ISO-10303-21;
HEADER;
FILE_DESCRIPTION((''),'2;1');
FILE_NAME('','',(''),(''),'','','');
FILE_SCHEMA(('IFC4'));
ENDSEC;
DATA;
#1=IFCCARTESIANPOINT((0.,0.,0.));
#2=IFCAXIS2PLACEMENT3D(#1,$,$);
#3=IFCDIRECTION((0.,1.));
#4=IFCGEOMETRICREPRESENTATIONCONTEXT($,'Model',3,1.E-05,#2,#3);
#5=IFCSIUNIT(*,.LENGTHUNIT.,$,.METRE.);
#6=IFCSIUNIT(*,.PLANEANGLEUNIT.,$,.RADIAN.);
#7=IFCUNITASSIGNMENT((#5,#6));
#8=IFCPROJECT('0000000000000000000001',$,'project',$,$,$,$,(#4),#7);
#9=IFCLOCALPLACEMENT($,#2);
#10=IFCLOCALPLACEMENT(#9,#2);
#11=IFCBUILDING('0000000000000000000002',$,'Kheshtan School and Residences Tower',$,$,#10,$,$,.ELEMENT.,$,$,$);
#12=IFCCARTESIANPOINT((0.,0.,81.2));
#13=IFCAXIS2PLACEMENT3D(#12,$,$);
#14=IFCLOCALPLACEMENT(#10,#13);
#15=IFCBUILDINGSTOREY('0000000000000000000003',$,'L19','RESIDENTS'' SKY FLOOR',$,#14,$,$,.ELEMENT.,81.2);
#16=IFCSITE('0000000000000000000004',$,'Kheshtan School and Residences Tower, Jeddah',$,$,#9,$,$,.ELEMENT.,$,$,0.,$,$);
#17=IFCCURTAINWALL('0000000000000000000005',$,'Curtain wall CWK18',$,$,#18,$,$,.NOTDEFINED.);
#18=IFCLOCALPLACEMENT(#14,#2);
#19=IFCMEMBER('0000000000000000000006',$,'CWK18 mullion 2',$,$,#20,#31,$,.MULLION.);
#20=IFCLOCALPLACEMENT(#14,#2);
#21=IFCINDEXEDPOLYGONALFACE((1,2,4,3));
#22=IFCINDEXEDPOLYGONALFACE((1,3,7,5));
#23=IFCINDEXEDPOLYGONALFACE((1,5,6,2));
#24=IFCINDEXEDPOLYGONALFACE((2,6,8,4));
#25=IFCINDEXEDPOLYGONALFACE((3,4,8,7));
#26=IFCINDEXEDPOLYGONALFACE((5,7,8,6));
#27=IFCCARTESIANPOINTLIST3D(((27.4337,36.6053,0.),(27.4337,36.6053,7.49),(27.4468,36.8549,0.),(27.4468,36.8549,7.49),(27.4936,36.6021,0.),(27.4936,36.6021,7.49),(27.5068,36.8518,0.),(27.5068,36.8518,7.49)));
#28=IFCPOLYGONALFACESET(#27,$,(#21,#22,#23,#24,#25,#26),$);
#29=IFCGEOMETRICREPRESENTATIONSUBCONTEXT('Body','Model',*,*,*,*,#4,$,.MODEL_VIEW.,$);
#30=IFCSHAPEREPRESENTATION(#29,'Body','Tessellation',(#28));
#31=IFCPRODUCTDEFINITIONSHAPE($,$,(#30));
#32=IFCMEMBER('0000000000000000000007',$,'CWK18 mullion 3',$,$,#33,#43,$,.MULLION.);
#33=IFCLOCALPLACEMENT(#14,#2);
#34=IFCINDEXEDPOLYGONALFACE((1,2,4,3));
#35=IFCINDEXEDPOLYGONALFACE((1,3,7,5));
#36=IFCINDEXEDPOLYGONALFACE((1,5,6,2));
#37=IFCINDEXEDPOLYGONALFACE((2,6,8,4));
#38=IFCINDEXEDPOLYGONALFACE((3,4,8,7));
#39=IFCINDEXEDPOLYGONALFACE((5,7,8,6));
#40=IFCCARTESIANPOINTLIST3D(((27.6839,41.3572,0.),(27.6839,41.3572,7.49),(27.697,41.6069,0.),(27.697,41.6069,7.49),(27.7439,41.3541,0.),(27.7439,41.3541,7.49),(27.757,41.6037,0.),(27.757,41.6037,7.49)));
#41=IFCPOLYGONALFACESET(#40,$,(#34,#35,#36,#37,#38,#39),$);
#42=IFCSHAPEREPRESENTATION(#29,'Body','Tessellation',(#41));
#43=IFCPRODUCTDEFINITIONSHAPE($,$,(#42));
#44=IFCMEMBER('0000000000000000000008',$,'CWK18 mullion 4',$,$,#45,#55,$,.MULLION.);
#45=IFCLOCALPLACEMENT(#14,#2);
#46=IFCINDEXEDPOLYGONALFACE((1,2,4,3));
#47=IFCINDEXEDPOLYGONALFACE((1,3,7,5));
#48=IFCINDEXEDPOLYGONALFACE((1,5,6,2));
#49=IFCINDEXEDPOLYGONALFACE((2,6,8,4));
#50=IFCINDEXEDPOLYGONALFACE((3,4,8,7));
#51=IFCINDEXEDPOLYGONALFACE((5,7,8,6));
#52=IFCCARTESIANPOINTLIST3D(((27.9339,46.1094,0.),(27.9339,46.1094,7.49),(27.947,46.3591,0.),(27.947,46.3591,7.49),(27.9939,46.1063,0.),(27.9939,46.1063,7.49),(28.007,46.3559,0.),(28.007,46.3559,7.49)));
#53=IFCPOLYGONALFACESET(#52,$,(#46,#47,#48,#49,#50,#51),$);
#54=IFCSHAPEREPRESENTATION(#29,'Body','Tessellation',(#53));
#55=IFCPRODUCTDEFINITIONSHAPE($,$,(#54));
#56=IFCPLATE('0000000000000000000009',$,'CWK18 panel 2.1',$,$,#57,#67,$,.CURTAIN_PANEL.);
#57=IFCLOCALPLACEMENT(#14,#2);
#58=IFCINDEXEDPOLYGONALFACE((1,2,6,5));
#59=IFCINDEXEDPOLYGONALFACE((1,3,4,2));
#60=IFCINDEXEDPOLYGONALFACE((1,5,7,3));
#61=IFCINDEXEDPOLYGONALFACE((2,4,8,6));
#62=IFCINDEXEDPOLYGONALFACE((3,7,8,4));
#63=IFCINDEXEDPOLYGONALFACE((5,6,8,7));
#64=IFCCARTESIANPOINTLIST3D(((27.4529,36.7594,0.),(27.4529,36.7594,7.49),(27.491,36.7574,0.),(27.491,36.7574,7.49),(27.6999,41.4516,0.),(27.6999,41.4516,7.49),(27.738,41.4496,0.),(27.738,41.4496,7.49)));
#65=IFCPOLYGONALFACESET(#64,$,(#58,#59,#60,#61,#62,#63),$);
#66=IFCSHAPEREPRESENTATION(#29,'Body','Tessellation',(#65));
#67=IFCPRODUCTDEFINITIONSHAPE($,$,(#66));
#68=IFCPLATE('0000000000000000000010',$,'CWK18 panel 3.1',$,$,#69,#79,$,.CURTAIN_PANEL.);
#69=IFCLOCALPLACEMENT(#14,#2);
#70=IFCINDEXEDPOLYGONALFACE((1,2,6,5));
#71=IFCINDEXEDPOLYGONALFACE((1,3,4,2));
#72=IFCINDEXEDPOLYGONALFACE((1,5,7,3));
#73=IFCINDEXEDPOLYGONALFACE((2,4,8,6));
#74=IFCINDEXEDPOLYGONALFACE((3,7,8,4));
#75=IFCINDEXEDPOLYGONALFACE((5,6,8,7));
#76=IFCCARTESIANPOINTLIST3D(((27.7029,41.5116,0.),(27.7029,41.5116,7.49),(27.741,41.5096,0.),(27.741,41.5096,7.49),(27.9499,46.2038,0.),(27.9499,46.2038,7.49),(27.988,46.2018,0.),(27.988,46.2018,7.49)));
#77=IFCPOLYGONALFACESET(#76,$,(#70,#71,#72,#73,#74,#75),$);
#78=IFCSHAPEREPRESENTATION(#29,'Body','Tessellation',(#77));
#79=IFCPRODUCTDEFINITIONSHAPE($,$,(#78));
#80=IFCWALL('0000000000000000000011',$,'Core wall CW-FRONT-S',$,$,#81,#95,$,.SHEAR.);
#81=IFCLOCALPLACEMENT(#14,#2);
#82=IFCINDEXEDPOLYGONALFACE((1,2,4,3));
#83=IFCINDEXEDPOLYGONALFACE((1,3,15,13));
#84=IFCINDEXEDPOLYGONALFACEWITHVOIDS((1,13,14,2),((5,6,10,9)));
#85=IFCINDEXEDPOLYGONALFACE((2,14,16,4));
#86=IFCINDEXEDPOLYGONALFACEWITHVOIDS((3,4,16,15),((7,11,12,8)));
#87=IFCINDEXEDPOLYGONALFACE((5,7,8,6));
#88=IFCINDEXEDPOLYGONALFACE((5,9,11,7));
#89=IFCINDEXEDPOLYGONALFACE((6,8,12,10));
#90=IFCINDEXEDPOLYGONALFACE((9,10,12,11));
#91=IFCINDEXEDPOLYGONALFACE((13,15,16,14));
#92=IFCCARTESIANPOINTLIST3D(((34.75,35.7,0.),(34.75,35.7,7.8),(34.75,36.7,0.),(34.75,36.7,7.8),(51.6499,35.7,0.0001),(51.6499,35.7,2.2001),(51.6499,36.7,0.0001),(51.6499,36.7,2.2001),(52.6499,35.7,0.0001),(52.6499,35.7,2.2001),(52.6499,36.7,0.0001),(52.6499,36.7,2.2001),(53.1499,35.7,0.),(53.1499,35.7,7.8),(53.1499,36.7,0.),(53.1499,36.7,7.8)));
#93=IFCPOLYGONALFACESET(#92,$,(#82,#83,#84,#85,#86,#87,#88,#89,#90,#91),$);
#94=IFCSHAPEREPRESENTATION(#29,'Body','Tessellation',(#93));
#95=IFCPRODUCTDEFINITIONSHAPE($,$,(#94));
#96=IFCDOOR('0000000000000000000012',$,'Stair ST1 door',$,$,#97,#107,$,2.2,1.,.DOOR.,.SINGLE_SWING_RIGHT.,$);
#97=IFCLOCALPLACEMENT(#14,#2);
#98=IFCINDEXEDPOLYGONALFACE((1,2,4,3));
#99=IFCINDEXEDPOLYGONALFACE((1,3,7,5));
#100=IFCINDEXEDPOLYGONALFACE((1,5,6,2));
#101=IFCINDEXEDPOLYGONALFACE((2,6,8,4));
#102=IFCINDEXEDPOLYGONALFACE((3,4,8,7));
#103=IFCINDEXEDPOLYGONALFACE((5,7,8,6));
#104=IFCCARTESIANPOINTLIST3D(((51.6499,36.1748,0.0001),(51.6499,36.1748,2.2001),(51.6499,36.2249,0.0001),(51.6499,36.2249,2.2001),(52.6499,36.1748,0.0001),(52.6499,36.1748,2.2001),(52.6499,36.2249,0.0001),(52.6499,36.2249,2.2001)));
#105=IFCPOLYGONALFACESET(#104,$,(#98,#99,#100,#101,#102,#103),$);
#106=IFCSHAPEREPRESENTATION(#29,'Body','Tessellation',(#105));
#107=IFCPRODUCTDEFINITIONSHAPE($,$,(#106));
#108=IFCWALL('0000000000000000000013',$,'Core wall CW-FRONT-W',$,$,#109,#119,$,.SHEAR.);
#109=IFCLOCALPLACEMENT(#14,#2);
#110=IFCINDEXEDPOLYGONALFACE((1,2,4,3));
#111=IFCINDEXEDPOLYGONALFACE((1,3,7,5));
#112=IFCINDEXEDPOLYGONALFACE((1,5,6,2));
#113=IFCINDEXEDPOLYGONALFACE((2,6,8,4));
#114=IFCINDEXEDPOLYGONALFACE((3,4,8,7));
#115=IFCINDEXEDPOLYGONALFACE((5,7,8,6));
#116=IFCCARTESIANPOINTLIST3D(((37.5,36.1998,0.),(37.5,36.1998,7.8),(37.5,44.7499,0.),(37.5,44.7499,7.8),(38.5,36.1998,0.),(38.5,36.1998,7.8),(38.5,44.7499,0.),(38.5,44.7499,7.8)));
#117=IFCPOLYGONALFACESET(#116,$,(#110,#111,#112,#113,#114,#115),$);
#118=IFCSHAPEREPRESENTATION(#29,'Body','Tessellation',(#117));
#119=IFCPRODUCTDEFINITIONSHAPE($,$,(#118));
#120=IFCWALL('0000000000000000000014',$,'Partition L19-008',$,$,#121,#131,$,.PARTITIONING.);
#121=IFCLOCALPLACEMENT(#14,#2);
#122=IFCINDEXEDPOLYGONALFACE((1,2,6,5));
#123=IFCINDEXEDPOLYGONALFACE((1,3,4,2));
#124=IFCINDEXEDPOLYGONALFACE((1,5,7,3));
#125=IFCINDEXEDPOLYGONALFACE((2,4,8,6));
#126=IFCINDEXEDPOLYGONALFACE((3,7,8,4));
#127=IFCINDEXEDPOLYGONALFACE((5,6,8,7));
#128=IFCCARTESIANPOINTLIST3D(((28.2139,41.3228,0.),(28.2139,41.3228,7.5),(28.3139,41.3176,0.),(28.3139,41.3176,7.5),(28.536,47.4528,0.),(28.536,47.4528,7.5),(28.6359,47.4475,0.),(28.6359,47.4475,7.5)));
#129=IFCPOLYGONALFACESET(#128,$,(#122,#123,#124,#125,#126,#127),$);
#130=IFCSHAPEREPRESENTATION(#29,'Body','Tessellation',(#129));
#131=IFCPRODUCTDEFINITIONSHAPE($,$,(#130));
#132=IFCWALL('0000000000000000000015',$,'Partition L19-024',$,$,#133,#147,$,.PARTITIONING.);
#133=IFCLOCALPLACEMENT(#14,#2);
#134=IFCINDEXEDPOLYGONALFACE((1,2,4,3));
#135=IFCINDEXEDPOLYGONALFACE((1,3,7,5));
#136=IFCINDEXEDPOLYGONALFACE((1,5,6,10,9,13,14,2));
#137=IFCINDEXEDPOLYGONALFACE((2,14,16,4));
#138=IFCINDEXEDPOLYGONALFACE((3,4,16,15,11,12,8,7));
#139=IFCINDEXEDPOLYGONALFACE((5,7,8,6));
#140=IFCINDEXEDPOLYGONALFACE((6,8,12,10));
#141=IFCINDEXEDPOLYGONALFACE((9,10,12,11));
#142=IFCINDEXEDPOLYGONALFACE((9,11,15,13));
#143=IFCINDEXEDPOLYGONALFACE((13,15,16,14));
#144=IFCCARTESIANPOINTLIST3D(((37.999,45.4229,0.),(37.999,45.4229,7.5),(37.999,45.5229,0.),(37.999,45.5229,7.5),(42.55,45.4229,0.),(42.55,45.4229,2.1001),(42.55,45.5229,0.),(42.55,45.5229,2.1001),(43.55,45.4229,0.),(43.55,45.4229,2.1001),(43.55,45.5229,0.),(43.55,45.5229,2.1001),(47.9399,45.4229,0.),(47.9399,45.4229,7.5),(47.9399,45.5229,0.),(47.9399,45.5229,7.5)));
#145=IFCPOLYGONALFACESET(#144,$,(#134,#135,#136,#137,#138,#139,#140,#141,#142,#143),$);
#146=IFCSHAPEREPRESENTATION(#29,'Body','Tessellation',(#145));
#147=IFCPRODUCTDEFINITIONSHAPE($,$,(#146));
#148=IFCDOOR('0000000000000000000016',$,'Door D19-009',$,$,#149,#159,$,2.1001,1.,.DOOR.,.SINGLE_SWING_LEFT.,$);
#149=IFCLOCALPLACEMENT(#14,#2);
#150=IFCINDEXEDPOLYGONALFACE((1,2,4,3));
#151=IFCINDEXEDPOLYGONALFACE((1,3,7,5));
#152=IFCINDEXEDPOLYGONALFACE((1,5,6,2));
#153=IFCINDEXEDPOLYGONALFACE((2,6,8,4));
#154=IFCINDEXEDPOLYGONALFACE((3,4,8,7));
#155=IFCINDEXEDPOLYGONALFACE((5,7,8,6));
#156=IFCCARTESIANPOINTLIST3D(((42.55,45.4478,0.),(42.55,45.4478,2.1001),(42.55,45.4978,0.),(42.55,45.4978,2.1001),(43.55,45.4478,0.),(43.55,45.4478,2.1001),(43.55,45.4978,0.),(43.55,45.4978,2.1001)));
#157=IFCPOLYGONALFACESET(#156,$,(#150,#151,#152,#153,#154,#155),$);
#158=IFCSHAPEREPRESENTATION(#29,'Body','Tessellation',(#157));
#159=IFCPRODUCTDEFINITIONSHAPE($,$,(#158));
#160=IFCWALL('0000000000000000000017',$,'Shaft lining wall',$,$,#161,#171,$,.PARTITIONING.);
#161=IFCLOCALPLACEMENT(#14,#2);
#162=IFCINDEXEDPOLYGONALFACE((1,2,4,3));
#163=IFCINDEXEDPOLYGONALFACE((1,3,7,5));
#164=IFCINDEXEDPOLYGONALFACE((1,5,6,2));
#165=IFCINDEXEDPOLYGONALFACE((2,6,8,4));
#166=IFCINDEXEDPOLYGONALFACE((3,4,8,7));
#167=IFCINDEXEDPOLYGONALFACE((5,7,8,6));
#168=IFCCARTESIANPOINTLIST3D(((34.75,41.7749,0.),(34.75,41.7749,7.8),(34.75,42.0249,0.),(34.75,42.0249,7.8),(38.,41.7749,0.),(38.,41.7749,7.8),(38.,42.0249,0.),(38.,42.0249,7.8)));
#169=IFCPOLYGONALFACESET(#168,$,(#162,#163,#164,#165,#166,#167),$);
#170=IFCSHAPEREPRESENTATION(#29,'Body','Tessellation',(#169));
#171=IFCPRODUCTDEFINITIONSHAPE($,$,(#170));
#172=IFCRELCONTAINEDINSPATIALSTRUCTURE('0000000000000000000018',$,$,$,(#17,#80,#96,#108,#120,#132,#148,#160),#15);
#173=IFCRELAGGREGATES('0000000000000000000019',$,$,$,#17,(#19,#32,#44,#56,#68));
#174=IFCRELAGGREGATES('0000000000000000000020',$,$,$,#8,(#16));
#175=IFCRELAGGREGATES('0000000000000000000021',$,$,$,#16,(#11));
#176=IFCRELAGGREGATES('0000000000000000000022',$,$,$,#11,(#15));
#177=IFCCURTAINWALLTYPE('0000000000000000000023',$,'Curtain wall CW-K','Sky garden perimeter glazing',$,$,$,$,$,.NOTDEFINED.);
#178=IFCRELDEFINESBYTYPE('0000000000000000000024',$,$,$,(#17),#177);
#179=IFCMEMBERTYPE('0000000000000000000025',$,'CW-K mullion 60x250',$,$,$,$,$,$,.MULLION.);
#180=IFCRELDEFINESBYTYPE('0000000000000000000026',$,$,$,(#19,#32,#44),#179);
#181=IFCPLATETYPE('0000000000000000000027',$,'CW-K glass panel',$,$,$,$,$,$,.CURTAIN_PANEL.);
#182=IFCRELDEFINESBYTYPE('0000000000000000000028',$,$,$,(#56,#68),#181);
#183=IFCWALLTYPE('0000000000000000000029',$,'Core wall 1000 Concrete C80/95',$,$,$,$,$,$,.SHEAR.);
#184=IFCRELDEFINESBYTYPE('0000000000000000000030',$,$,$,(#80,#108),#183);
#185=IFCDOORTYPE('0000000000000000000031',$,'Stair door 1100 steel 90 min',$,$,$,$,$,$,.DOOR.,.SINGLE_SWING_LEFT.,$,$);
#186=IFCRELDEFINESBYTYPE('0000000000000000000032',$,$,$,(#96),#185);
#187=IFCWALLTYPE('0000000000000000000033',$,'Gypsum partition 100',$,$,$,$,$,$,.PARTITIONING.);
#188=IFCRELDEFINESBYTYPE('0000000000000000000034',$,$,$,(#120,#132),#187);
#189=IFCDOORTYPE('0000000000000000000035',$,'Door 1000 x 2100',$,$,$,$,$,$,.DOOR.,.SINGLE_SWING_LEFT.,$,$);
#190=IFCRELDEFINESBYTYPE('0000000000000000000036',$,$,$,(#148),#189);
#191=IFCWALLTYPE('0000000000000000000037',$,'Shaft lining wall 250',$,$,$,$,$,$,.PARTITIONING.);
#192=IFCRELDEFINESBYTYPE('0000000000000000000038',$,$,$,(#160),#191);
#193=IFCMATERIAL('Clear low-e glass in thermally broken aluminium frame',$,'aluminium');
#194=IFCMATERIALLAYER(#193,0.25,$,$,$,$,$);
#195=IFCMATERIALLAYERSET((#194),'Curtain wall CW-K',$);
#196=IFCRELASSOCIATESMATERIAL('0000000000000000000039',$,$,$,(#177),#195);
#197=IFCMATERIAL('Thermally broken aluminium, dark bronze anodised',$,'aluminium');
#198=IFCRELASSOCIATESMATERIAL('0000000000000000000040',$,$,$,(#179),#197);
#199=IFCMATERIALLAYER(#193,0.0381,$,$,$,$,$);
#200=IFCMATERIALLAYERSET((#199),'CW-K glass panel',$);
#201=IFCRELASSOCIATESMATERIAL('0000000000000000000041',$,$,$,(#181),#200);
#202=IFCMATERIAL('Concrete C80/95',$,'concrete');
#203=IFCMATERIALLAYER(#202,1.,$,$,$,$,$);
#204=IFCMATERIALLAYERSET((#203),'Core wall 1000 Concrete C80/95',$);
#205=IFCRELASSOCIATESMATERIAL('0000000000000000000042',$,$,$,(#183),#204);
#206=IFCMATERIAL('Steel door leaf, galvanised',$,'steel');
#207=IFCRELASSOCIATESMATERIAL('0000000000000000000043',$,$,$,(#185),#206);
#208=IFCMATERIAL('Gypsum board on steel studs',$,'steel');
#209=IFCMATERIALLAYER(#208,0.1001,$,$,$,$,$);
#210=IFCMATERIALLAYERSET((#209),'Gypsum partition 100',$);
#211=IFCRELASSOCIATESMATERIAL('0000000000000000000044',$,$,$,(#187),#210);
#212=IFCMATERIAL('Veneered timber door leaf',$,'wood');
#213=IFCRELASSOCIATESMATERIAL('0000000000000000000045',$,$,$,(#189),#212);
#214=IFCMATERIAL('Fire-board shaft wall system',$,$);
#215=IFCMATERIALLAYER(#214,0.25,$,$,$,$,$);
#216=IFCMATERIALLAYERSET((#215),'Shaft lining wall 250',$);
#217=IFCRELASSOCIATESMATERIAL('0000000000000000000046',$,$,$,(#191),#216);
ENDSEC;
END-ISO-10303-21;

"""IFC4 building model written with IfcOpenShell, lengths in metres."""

from ifc_helpers import new_model, si_unit, direction, frame, frame_2d, origin, origin_2d, place, context, subcontext, project, spatial, rectangle, extrude, source, transform, mapped, material, layer, layer_set, material_profile, profile_set, type_object, element, fill, aggregate, save


model = new_model("IFC4")

# Units and contexts
model_context = context("Model", 3, precision=1e-05, world=origin(), true_north=direction((0.0, 1.0)))
body_context = subcontext(model_context, "Body", "Model", "MODEL_VIEW")
ifc_project = project(units=[si_unit("LENGTHUNIT", "METRE"), si_unit("PLANEANGLEUNIT", "RADIAN")], contexts=[model_context])

# Site, building, storey
site_placement = place(None, origin())
site = spatial("IfcSite", under=ifc_project, at=site_placement, Name="Kheshtan School and Residences Tower, Jeddah", CompositionType="ELEMENT", RefElevation=0.0)
building_placement = place(site_placement, origin())
building = spatial("IfcBuilding", under=site, at=building_placement, Name="Kheshtan School and Residences Tower", CompositionType="ELEMENT")
storey_placement = place(building_placement, frame((0.0, 0.0, 81.2)))
storey = spatial("IfcBuildingStorey", under=building, at=storey_placement, Name="L19", Description="RESIDENTS' SKY FLOOR", CompositionType="ELEMENT", Elevation=81.2)

# Curtain wall, members, plates
ifc_material_1 = material(Name="Clear low-e glass in thermally broken aluminium frame", Category="aluminium")
ifc_layer_1 = layer(ifc_material_1, 0.25)
ifc_layer_set_1 = layer_set([ifc_layer_1], Name="Curtain wall CW-K")
curtain_wall_type = type_object("IfcCurtainWallType", Name="Curtain wall CW-K", Description="Sky garden perimeter glazing", PredefinedType="NOTDEFINED", material=ifc_layer_set_1)
curtain_wall_placement = place(storey_placement, origin())
curtain_wall = element("IfcCurtainWall", 1, at=curtain_wall_placement, inside=storey, type_object=curtain_wall_type, Name="Curtain wall CWK18", PredefinedType="NOTDEFINED")
ifc_material_2 = material(Name="Thermally broken aluminium, dark bronze anodised", Category="aluminium")
ifc_material_profile_1 = material_profile(ifc_material_2, rectangle(XDim=0.0601, YDim=0.25, at=origin_2d()), Name="CW-K mullion 60x250")
ifc_profile_set_1 = profile_set([ifc_material_profile_1], Name="Thermally broken aluminium, dark bronze anodised")
member_type = type_object("IfcMemberType", Name="CW-K mullion 60x250", PredefinedType="MULLION", material=ifc_profile_set_1)
member_1_placement = place(storey_placement, frame((27.4702, 36.7285, 0.0), z_axis=(0.0, 0.0, 1.0), x_axis=(-0.998617, 0.052565, 0.0)))
member_1 = element("IfcMember", 2, at=member_1_placement, type_object=member_type, Name="CWK18 mullion 2", PredefinedType="MULLION", context=body_context, shape_type="SweptSolid", body=[
    extrude(rectangle(XDim=0.0601, YDim=0.25, at=origin_2d()), origin(), (0.0, 0.0, 1.0), 7.49),
])
member_2_placement = place(storey_placement, frame((27.7205, 41.4805, 0.0), z_axis=(0.0, 0.0, 1.0), x_axis=(-0.998617, 0.052565, 0.0)))
member_2 = element("IfcMember", 3, at=member_2_placement, type_object=member_type, Name="CWK18 mullion 3", PredefinedType="MULLION", context=body_context, shape_type="SweptSolid", body=[
    extrude(rectangle(XDim=0.0601, YDim=0.25, at=origin_2d()), origin(), (0.0, 0.0, 1.0), 7.49),
])
member_3_placement = place(storey_placement, frame((27.9705, 46.2327, 0.0), z_axis=(0.0, 0.0, 1.0), x_axis=(-0.998617, 0.052565, 0.0)))
member_3 = element("IfcMember", 4, at=member_3_placement, type_object=member_type, Name="CWK18 mullion 4", PredefinedType="MULLION", context=body_context, shape_type="SweptSolid", body=[
    extrude(rectangle(XDim=0.0601, YDim=0.25, at=origin_2d()), origin(), (0.0, 0.0, 1.0), 7.49),
])
ifc_layer_2 = layer(ifc_material_1, 0.0381)
ifc_layer_set_2 = layer_set([ifc_layer_2], Name="CW-K glass panel")
plate_type = type_object("IfcPlateType", Name="CW-K glass panel", PredefinedType="CURTAIN_PANEL", material=ifc_layer_set_2)
plate_1_placement = place(storey_placement, frame((27.5955, 39.1045, 0.0), z_axis=(0.0, 0.0, 1.0), x_axis=(0.052565, 0.998617, 0.0)))
plate_1 = element("IfcPlate", 5, at=plate_1_placement, type_object=plate_type, Name="CWK18 panel 2.1", PredefinedType="CURTAIN_PANEL", context=body_context, shape_type="SweptSolid", body=[
    extrude(rectangle(XDim=4.6987, YDim=0.0381, at=origin_2d()), origin(), (0.0, 0.0, 1.0), 7.49),
])
plate_2_placement = place(storey_placement, frame((27.8455, 43.8567, 0.0), z_axis=(0.0, 0.0, 1.0), x_axis=(0.052565, 0.998617, 0.0)))
plate_2 = element("IfcPlate", 6, at=plate_2_placement, type_object=plate_type, Name="CWK18 panel 3.1", PredefinedType="CURTAIN_PANEL", context=body_context, shape_type="SweptSolid", body=[
    extrude(rectangle(XDim=4.6987, YDim=0.0381, at=origin_2d()), origin(), (0.0, 0.0, 1.0), 7.49),
])
aggregate(curtain_wall, [member_1, member_2, member_3, plate_1, plate_2])

# Wall, opening, door
ifc_material_3 = material(Name="Concrete C80/95", Category="concrete")
ifc_layer_3 = layer(ifc_material_3, 1.0)
ifc_layer_set_3 = layer_set([ifc_layer_3], Name="Core wall 1000 Concrete C80/95")
wall_type_1 = type_object("IfcWallType", Name="Core wall 1000 Concrete C80/95", PredefinedType="SHEAR", material=ifc_layer_set_3)
wall_1_placement = place(storey_placement, frame((34.75, 36.2, 0.0), z_axis=(0.0, 0.0, 1.0), x_axis=(1.0, 0.0, 0.0)))
wall_1 = element("IfcWall", 7, at=wall_1_placement, inside=storey, type_object=wall_type_1, Name="Core wall CW-FRONT-S", PredefinedType="SHEAR", context=body_context, shape_type="SweptSolid", body=[
    extrude(rectangle(XDim=18.3999, YDim=1.0, at=frame_2d((9.2, 0.0))), origin(), (0.0, 0.0, 1.0), 7.8),
])
opening_1_placement = place(wall_1_placement, frame((16.8999, 0.0, 0.0)))
opening_1 = element("IfcOpeningElement", 8, at=opening_1_placement, cuts=wall_1, PredefinedType="OPENING", context=body_context, shape_type="SweptSolid", body=[
    extrude(rectangle(XDim=1.0, YDim=2.2, at=frame_2d((0.5, 1.1001))), frame((0.0, 0.51, 0.0), z_axis=(0.0, -1.0, 0.0), x_axis=(1.0, 0.0, 0.0)), (0.0, 0.0, 1.0), 1.02),
])
ifc_material_4 = material(Name="Steel door leaf, galvanised", Category="steel")
door_type_1 = type_object("IfcDoorType", Name="Stair door 1100 steel 90 min", OperationType="SINGLE_SWING_LEFT", PredefinedType="DOOR", material=ifc_material_4)
shared_shape_1 = source(origin(), body_context, "Body", "SweptSolid", [
    extrude(rectangle(XDim=1.0, YDim=2.2, at=frame_2d((0.5, 1.1001))), frame((0.0, 0.0249, 0.0), z_axis=(0.0, -1.0, 0.0), x_axis=(1.0, 0.0, 0.0)), (0.0, 0.0, 1.0), 0.05),
])
door_1_placement = place(opening_1_placement, origin())
door_1 = element("IfcDoor", 9, at=door_1_placement, inside=storey, type_object=door_type_1, Name="Stair ST1 door", OperationType="SINGLE_SWING_RIGHT", OverallHeight=2.2, OverallWidth=1.0, PredefinedType="DOOR", context=body_context, shape_type="MappedRepresentation", body=[
    mapped(shared_shape_1, transform((0.0, 0.0, 0.0), x_axis=(1.0, 0.0, 0.0), y_axis=(0.0, 1.0, 0.0), z_axis=(0.0, 0.0, 1.0), scale=1.0)),
])
fill(opening_1, door_1)

# Walls
wall_2_placement = place(storey_placement, frame((38.0, 36.2, 0.0), z_axis=(0.0, 0.0, 1.0), x_axis=(0.0, 1.0, 0.0)))
element("IfcWall", 10, at=wall_2_placement, inside=storey, type_object=wall_type_1, Name="Core wall CW-FRONT-W", PredefinedType="SHEAR", context=body_context, shape_type="SweptSolid", body=[
    extrude(rectangle(XDim=8.55, YDim=1.0, at=frame_2d((4.2749, 0.0))), origin(), (0.0, 0.0, 1.0), 7.8),
])
ifc_material_5 = material(Name="Gypsum board on steel studs", Category="steel")
ifc_layer_4 = layer(ifc_material_5, 0.1001)
ifc_layer_set_4 = layer_set([ifc_layer_4], Name="Gypsum partition 100")
wall_type_2 = type_object("IfcWallType", Name="Gypsum partition 100", PredefinedType="PARTITIONING", material=ifc_layer_set_4)
wall_3_placement = place(storey_placement, frame((28.2639, 41.3201, 0.0), z_axis=(0.0, 0.0, 1.0), x_axis=(0.052461, 0.998623, 0.0)))
element("IfcWall", 11, at=wall_3_placement, inside=storey, type_object=wall_type_2, Name="Partition L19-008", PredefinedType="PARTITIONING", context=body_context, shape_type="SweptSolid", body=[
    extrude(rectangle(XDim=6.1384, YDim=0.1001, at=frame_2d((3.0693, 0.0))), origin(), (0.0, 0.0, 1.0), 7.5),
])

# Wall, opening, door
wall_4_placement = place(storey_placement, frame((37.999, 45.4729, 0.0), z_axis=(0.0, 0.0, 1.0), x_axis=(1.0, 0.0, 0.0)))
wall_4 = element("IfcWall", 12, at=wall_4_placement, inside=storey, type_object=wall_type_2, Name="Partition L19-024", PredefinedType="PARTITIONING", context=body_context, shape_type="SweptSolid", body=[
    extrude(rectangle(XDim=9.9409, YDim=0.1001, at=frame_2d((4.9705, 0.0))), origin(), (0.0, 0.0, 1.0), 7.5),
])
opening_2_placement = place(wall_4_placement, frame((4.551, 0.0, 0.0)))
opening_2 = element("IfcOpeningElement", 13, at=opening_2_placement, cuts=wall_4, PredefinedType="OPENING", context=body_context, shape_type="SweptSolid", body=[
    extrude(rectangle(XDim=1.0, YDim=2.1001, at=frame_2d((0.5, 1.05))), frame((0.0, 0.0601, 0.0), z_axis=(0.0, -1.0, 0.0), x_axis=(1.0, 0.0, 0.0)), (0.0, 0.0, 1.0), 0.1201),
])
ifc_material_6 = material(Name="Veneered timber door leaf", Category="wood")
door_type_2 = type_object("IfcDoorType", Name="Door 1000 x 2100", OperationType="SINGLE_SWING_LEFT", PredefinedType="DOOR", material=ifc_material_6)
shared_shape_2 = source(origin(), body_context, "Body", "SweptSolid", [
    extrude(rectangle(XDim=1.0, YDim=2.1001, at=frame_2d((0.5, 1.05))), frame((0.0, 0.0249, 0.0), z_axis=(0.0, -1.0, 0.0), x_axis=(1.0, 0.0, 0.0)), (0.0, 0.0, 1.0), 0.05),
])
door_2_placement = place(opening_2_placement, origin())
door_2 = element("IfcDoor", 14, at=door_2_placement, inside=storey, type_object=door_type_2, Name="Door D19-009", OperationType="SINGLE_SWING_LEFT", OverallHeight=2.1001, OverallWidth=1.0, PredefinedType="DOOR", context=body_context, shape_type="MappedRepresentation", body=[
    mapped(shared_shape_2, transform((0.0, 0.0, 0.0), x_axis=(1.0, 0.0, 0.0), y_axis=(0.0, 1.0, 0.0), z_axis=(0.0, 0.0, 1.0), scale=1.0)),
])
fill(opening_2, door_2)

# Wall
ifc_material_7 = material(Name="Fire-board shaft wall system")
ifc_layer_5 = layer(ifc_material_7, 0.25)
ifc_layer_set_5 = layer_set([ifc_layer_5], Name="Shaft lining wall 250")
wall_type_3 = type_object("IfcWallType", Name="Shaft lining wall 250", PredefinedType="PARTITIONING", material=ifc_layer_set_5)
wall_5_placement = place(storey_placement, frame((34.75, 41.8999, 0.0), z_axis=(0.0, 0.0, 1.0), x_axis=(1.0, 0.0, 0.0)))
element("IfcWall", 15, at=wall_5_placement, inside=storey, type_object=wall_type_3, Name="Shaft lining wall", PredefinedType="PARTITIONING", context=body_context, shape_type="SweptSolid", body=[
    extrude(rectangle(XDim=3.25, YDim=0.25, at=frame_2d((1.625, 0.0))), origin(), (0.0, 0.0, 1.0), 7.8),
])

save(model, "model.ifc")
